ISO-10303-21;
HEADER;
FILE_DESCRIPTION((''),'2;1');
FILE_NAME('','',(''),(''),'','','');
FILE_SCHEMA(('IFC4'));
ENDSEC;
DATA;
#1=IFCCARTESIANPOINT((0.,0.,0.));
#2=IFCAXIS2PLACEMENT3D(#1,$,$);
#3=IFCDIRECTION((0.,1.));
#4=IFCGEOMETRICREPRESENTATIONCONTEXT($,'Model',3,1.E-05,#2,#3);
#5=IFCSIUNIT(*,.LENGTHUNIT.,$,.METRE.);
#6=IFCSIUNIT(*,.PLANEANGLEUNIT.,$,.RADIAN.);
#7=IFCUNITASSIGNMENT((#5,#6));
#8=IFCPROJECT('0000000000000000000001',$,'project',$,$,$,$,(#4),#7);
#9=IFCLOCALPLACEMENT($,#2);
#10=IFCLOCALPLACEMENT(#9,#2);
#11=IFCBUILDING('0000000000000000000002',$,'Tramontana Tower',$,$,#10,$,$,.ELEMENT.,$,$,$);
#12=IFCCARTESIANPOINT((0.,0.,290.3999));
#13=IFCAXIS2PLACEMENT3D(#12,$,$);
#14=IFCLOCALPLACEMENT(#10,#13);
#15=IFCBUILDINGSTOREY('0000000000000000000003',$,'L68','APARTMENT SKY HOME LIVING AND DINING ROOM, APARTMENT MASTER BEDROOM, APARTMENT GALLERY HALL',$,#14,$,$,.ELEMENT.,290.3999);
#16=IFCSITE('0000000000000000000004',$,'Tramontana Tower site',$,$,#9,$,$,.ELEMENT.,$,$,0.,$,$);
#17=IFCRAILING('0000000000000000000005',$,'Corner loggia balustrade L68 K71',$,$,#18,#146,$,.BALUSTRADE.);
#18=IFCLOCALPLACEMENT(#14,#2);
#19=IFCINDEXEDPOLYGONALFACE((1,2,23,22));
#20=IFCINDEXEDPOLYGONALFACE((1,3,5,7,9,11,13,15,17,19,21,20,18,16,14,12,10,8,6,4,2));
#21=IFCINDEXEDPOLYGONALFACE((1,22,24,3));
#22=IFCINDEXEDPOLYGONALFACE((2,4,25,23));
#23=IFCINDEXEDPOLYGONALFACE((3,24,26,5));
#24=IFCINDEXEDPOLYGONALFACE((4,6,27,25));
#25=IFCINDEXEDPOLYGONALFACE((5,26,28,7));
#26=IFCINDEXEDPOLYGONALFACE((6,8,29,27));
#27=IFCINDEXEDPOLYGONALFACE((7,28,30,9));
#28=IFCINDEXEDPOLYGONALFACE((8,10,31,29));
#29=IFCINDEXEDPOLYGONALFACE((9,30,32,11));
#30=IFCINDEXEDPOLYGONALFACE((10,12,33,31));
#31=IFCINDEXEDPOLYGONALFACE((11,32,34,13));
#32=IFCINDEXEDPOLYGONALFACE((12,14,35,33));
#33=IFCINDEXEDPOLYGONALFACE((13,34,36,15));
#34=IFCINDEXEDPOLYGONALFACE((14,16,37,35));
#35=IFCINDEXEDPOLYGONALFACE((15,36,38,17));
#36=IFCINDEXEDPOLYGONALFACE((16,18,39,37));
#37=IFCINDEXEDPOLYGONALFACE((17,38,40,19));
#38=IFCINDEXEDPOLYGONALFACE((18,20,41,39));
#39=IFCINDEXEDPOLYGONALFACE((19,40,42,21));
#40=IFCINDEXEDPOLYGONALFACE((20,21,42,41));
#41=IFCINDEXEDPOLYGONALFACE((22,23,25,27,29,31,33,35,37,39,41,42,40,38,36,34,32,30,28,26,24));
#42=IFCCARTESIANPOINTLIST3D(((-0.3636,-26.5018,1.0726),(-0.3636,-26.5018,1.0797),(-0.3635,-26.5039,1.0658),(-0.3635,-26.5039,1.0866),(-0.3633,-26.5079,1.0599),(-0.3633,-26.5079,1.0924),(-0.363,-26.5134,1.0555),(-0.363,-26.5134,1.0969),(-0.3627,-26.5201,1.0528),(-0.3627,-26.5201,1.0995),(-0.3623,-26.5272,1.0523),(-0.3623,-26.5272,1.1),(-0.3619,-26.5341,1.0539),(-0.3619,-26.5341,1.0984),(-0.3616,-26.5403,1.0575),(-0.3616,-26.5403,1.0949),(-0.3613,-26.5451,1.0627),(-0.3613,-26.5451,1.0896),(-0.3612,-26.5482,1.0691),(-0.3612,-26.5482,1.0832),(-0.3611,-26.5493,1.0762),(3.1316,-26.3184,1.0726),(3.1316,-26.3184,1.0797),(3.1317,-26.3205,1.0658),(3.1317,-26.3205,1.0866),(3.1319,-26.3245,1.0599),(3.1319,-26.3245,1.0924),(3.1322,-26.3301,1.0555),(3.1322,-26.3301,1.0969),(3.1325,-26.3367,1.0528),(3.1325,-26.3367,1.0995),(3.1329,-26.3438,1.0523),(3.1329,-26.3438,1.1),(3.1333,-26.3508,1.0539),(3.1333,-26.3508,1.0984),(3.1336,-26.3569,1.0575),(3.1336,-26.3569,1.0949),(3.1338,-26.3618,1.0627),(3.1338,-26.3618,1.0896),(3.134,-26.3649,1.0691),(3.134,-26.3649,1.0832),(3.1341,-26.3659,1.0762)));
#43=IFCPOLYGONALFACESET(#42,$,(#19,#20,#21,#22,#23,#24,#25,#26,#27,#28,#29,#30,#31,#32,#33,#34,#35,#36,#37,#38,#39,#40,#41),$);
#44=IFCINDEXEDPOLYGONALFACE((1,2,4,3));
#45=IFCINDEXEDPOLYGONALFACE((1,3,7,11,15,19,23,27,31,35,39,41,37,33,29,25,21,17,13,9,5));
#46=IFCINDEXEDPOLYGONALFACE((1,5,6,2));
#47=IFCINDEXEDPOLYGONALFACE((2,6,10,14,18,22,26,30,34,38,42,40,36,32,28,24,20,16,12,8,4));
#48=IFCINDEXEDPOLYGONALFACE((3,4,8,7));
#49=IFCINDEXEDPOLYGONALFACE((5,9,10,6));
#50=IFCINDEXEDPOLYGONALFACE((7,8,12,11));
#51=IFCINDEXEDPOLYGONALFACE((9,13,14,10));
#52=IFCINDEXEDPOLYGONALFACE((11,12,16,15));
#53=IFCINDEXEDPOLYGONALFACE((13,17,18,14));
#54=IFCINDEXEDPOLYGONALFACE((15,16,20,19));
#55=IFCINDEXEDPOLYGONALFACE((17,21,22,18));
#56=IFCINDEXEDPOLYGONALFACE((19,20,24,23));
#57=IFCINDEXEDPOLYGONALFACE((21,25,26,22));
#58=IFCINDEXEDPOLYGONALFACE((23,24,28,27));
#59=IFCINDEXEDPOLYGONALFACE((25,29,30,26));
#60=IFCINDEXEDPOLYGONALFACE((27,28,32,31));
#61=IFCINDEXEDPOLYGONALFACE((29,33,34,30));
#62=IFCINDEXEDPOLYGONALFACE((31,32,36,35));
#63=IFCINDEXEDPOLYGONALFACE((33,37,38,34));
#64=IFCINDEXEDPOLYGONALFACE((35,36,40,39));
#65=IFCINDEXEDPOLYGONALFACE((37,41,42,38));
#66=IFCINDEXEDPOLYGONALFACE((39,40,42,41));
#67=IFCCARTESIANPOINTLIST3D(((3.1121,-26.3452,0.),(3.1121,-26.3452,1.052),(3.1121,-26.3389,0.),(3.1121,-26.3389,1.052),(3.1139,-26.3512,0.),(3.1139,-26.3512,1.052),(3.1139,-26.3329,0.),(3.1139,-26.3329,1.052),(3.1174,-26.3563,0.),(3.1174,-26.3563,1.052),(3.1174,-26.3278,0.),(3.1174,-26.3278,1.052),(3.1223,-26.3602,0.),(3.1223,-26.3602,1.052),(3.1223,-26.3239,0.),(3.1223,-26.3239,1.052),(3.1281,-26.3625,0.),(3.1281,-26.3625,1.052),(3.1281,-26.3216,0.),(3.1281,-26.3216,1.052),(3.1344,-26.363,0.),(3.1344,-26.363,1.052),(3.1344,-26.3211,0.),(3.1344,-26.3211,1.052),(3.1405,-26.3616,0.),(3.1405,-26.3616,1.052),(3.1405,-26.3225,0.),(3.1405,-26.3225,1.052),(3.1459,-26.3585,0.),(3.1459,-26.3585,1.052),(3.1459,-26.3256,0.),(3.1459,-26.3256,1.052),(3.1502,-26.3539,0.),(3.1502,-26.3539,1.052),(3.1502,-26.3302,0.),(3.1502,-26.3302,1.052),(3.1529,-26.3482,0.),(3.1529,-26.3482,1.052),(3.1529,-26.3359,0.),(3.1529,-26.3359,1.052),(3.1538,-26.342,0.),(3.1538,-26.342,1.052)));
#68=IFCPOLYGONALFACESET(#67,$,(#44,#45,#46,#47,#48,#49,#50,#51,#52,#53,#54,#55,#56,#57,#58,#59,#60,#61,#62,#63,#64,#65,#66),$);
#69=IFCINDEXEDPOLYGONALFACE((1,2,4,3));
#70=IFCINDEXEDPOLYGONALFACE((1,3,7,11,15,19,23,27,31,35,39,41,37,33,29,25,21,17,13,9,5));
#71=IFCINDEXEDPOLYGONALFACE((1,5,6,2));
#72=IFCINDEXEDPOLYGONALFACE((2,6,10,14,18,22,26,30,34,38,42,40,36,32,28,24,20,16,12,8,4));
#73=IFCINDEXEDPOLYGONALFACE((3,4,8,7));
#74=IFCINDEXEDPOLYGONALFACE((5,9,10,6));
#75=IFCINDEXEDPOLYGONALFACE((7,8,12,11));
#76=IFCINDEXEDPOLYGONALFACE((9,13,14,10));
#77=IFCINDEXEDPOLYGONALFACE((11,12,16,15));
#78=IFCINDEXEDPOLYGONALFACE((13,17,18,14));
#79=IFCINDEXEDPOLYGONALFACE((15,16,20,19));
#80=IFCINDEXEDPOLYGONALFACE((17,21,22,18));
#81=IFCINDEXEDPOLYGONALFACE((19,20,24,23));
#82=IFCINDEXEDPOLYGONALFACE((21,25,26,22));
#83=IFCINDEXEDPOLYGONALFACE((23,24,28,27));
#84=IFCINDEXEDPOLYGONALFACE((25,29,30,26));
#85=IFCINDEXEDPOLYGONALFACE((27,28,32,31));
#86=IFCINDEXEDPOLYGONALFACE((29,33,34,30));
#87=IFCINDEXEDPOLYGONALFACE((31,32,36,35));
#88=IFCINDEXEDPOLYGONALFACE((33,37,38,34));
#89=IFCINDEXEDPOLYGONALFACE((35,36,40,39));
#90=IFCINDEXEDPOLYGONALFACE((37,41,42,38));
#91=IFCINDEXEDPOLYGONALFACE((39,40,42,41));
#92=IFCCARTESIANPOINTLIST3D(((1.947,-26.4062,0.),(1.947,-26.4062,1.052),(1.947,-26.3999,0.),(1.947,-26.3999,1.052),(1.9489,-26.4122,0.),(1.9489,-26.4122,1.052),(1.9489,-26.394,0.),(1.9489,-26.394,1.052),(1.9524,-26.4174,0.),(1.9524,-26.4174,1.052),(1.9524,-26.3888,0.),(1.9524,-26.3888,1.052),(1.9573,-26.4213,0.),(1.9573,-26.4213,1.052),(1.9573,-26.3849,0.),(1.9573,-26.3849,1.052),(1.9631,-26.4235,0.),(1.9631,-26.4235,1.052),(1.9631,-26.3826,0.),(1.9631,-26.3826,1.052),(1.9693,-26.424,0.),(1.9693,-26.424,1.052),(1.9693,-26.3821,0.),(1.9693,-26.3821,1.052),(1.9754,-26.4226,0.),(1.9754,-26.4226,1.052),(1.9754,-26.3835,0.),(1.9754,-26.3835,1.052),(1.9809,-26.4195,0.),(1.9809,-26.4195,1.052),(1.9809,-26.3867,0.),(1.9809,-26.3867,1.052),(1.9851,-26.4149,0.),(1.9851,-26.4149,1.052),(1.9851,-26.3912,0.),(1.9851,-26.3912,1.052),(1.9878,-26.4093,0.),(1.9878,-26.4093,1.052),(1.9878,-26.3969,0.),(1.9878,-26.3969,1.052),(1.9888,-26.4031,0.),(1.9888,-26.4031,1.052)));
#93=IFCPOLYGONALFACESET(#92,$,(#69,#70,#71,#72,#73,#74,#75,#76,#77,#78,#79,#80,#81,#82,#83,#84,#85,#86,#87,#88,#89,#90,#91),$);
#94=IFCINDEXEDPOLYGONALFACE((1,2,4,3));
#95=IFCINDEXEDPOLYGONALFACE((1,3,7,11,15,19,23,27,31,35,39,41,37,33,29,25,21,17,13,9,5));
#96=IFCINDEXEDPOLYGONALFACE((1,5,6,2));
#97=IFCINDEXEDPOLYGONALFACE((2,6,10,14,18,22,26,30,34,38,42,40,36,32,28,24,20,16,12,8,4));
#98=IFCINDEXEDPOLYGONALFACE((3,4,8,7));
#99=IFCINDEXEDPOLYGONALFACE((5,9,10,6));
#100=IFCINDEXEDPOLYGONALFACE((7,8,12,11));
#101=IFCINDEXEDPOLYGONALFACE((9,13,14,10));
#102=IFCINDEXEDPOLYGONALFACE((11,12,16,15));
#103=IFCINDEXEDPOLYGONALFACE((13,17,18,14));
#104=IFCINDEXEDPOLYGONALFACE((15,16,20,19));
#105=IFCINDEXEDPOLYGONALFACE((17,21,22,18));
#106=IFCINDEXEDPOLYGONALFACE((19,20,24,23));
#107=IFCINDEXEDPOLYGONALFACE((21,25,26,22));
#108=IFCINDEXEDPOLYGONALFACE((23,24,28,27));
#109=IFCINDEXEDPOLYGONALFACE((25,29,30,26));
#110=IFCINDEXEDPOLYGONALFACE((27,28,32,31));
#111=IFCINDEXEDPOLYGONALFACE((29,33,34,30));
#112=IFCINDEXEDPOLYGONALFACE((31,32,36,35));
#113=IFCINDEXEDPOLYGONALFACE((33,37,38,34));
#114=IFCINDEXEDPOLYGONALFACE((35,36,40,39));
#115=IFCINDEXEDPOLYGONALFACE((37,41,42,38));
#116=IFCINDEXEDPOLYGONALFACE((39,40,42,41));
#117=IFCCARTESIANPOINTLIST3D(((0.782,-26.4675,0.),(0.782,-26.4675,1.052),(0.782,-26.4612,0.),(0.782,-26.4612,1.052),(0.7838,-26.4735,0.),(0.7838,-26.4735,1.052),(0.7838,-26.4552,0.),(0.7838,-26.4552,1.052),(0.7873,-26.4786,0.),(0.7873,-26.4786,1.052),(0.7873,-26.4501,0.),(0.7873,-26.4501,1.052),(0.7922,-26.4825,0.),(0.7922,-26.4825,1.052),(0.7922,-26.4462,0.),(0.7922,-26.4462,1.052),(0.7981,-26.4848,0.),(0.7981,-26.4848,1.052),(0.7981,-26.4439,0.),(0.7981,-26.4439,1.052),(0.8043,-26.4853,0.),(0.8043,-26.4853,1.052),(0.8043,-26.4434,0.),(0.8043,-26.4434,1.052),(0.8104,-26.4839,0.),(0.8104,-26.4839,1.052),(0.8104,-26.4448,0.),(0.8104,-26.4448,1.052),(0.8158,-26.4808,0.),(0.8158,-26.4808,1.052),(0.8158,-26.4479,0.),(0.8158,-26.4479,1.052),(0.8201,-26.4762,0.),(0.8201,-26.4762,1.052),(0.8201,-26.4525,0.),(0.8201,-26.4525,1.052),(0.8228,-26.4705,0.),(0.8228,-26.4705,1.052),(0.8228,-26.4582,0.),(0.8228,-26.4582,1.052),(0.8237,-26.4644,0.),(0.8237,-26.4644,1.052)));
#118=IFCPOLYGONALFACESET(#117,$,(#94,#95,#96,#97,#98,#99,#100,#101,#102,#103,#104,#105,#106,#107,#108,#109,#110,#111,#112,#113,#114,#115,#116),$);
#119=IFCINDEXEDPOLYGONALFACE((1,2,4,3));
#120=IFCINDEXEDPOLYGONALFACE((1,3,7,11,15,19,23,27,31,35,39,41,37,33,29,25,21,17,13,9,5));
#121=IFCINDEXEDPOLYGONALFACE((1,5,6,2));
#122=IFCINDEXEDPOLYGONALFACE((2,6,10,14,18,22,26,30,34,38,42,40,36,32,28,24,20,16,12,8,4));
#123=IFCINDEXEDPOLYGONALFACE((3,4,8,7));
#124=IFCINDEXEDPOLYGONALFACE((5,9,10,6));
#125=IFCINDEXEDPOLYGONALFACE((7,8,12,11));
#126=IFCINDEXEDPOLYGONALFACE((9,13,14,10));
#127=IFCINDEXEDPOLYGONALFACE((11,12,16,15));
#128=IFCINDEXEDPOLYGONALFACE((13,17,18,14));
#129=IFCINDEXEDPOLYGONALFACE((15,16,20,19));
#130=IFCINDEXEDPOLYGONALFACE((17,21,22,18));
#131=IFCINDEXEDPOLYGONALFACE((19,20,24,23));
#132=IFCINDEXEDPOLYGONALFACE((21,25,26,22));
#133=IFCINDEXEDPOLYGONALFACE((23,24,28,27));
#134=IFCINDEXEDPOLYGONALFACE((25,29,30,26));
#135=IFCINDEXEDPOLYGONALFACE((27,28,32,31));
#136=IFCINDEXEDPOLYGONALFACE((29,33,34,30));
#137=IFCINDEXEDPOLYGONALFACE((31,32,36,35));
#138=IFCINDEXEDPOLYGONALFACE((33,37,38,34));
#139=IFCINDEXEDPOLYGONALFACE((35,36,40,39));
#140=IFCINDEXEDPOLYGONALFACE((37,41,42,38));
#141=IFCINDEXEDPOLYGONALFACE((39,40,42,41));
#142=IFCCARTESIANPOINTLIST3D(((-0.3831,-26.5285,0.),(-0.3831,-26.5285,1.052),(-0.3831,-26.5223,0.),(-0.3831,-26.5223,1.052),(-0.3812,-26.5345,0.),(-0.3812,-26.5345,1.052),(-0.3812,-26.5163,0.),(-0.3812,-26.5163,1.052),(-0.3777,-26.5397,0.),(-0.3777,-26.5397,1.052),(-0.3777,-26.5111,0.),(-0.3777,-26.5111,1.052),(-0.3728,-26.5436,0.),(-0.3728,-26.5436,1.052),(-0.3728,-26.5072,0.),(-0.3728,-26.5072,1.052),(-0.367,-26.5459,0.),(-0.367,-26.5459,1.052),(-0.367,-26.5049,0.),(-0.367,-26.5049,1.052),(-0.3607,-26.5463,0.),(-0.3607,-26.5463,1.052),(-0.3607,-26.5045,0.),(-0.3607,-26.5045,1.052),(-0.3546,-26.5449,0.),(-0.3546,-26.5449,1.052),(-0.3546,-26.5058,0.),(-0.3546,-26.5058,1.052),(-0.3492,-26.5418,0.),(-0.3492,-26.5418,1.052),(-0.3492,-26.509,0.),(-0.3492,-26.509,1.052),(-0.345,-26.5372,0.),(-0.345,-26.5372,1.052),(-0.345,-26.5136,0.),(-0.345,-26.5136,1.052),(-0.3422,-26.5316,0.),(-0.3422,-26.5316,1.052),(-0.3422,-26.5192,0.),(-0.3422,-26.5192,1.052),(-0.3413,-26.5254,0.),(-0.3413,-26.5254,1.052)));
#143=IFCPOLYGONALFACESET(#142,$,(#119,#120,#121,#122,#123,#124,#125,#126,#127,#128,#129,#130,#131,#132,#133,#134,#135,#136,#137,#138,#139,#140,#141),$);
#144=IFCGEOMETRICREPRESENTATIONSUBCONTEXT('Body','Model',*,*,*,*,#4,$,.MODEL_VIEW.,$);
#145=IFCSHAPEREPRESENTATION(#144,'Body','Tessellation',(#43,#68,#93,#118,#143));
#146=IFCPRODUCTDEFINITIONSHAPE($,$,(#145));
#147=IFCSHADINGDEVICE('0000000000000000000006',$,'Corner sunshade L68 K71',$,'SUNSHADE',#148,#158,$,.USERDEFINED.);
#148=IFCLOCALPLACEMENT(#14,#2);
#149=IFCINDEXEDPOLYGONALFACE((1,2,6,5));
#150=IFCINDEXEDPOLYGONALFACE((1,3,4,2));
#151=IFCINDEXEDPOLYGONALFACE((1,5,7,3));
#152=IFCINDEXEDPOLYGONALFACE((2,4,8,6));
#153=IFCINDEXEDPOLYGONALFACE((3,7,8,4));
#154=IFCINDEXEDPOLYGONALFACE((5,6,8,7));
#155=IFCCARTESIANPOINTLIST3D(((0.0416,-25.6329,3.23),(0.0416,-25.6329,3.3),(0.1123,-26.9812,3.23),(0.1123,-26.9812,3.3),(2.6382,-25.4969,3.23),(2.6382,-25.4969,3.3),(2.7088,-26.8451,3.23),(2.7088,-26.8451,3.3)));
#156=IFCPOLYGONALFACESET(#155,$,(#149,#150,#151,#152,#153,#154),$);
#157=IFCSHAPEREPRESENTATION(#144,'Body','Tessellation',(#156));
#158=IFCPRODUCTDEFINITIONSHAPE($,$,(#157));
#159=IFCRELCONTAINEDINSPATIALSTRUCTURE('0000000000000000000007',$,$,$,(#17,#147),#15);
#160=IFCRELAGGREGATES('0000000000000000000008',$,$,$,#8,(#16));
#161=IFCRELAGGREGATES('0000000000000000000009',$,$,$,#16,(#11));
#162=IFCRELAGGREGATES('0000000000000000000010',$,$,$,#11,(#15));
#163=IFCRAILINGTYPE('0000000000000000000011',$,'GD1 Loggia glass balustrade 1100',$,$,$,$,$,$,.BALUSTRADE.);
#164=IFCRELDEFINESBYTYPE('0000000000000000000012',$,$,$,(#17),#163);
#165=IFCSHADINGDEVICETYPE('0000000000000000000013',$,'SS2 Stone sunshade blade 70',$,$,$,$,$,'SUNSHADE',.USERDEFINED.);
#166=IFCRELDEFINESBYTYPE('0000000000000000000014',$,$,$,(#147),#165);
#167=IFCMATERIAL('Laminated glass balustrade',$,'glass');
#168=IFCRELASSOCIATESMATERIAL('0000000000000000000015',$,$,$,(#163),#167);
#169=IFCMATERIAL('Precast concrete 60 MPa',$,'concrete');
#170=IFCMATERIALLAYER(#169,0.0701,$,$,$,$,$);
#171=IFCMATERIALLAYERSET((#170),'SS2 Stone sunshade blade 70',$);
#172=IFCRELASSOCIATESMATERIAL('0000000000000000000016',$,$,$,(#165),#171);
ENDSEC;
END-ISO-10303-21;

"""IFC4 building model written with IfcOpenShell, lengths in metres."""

from ifc_helpers import new_model, si_unit, direction, frame, origin, origin_2d, place, context, subcontext, project, spatial, rectangle, circle, extrude, material, layer, layer_set, type_object, element, save


model = new_model("IFC4")

# Units and contexts
model_context = context("Model", 3, precision=1e-05, world=origin(), true_north=direction((0.0, 1.0)))
body_context = subcontext(model_context, "Body", "Model", "MODEL_VIEW")
ifc_project = project(units=[si_unit("LENGTHUNIT", "METRE"), si_unit("PLANEANGLEUNIT", "RADIAN")], contexts=[model_context])

# Site, building, storey
site_placement = place(None, origin())
site = spatial("IfcSite", under=ifc_project, at=site_placement, Name="Tramontana Tower site", CompositionType="ELEMENT", RefElevation=0.0)
building_placement = place(site_placement, origin())
building = spatial("IfcBuilding", under=site, at=building_placement, Name="Tramontana Tower", CompositionType="ELEMENT")
storey_placement = place(building_placement, frame((0.0, 0.0, 290.3999)))
storey = spatial("IfcBuildingStorey", under=building, at=storey_placement, Name="L68", Description="APARTMENT SKY HOME LIVING AND DINING ROOM, APARTMENT MASTER BEDROOM, APARTMENT GALLERY HALL", CompositionType="ELEMENT", Elevation=290.3999)

# Railing
ifc_material_1 = material(Name="Laminated glass balustrade", Category="glass")
railing_type = type_object("IfcRailingType", Name="GD1 Loggia glass balustrade 1100", PredefinedType="BALUSTRADE", material=ifc_material_1)
railing_1_placement = place(storey_placement, frame((3.1328, -26.342, 0.0)))
element("IfcRailing", 1, at=railing_1_placement, inside=storey, type_object=railing_type, Name="Corner loggia balustrade L68 K71", PredefinedType="BALUSTRADE", context=body_context, shape_type="SweptSolid", body=[
    extrude(circle(Radius=0.0239, at=origin_2d()), frame((0.0, 0.0, 1.0762), z_axis=(-0.998627, -0.052387, 0.0), x_axis=(0.052387, -0.998627, 0.0)), (0.0, 0.0, 1.0), 3.5),
    extrude(circle(Radius=0.021, at=origin_2d()), origin(), (0.0, 0.0, 1.0), 1.052),
    extrude(circle(Radius=0.021, at=origin_2d()), frame((-1.165, -0.061, 0.0)), (0.0, 0.0, 1.0), 1.052),
    extrude(circle(Radius=0.021, at=origin_2d()), frame((-2.3301, -0.1223, 0.0)), (0.0, 0.0, 1.0), 1.052),
    extrude(circle(Radius=0.021, at=origin_2d()), frame((-3.4951, -0.1833, 0.0)), (0.0, 0.0, 1.0), 1.052),
])

# Shading device
ifc_material_2 = material(Name="Precast concrete 60 MPa", Category="concrete")
ifc_layer_1 = layer(ifc_material_2, 0.0701)
ifc_layer_set_1 = layer_set([ifc_layer_1], Name="SS2 Stone sunshade blade 70")
shading_device_type = type_object("IfcShadingDeviceType", Name="SS2 Stone sunshade blade 70", ElementType="SUNSHADE", PredefinedType="USERDEFINED", material=ifc_layer_set_1)
shading_device_placement = place(storey_placement, frame((1.3752, -26.239, 3.23), z_axis=(0.0, 0.0, 1.0), x_axis=(-0.99863, -0.052336, 0.0)))
element("IfcShadingDevice", 2, at=shading_device_placement, inside=storey, type_object=shading_device_type, Name="Corner sunshade L68 K71", ObjectType="SUNSHADE", PredefinedType="USERDEFINED", context=body_context, shape_type="SweptSolid", body=[
    extrude(rectangle(XDim=2.6001, YDim=1.3501, at=origin_2d()), origin(), (0.0, 0.0, 1.0), 0.0701),
])

save(model, "model.ifc")
